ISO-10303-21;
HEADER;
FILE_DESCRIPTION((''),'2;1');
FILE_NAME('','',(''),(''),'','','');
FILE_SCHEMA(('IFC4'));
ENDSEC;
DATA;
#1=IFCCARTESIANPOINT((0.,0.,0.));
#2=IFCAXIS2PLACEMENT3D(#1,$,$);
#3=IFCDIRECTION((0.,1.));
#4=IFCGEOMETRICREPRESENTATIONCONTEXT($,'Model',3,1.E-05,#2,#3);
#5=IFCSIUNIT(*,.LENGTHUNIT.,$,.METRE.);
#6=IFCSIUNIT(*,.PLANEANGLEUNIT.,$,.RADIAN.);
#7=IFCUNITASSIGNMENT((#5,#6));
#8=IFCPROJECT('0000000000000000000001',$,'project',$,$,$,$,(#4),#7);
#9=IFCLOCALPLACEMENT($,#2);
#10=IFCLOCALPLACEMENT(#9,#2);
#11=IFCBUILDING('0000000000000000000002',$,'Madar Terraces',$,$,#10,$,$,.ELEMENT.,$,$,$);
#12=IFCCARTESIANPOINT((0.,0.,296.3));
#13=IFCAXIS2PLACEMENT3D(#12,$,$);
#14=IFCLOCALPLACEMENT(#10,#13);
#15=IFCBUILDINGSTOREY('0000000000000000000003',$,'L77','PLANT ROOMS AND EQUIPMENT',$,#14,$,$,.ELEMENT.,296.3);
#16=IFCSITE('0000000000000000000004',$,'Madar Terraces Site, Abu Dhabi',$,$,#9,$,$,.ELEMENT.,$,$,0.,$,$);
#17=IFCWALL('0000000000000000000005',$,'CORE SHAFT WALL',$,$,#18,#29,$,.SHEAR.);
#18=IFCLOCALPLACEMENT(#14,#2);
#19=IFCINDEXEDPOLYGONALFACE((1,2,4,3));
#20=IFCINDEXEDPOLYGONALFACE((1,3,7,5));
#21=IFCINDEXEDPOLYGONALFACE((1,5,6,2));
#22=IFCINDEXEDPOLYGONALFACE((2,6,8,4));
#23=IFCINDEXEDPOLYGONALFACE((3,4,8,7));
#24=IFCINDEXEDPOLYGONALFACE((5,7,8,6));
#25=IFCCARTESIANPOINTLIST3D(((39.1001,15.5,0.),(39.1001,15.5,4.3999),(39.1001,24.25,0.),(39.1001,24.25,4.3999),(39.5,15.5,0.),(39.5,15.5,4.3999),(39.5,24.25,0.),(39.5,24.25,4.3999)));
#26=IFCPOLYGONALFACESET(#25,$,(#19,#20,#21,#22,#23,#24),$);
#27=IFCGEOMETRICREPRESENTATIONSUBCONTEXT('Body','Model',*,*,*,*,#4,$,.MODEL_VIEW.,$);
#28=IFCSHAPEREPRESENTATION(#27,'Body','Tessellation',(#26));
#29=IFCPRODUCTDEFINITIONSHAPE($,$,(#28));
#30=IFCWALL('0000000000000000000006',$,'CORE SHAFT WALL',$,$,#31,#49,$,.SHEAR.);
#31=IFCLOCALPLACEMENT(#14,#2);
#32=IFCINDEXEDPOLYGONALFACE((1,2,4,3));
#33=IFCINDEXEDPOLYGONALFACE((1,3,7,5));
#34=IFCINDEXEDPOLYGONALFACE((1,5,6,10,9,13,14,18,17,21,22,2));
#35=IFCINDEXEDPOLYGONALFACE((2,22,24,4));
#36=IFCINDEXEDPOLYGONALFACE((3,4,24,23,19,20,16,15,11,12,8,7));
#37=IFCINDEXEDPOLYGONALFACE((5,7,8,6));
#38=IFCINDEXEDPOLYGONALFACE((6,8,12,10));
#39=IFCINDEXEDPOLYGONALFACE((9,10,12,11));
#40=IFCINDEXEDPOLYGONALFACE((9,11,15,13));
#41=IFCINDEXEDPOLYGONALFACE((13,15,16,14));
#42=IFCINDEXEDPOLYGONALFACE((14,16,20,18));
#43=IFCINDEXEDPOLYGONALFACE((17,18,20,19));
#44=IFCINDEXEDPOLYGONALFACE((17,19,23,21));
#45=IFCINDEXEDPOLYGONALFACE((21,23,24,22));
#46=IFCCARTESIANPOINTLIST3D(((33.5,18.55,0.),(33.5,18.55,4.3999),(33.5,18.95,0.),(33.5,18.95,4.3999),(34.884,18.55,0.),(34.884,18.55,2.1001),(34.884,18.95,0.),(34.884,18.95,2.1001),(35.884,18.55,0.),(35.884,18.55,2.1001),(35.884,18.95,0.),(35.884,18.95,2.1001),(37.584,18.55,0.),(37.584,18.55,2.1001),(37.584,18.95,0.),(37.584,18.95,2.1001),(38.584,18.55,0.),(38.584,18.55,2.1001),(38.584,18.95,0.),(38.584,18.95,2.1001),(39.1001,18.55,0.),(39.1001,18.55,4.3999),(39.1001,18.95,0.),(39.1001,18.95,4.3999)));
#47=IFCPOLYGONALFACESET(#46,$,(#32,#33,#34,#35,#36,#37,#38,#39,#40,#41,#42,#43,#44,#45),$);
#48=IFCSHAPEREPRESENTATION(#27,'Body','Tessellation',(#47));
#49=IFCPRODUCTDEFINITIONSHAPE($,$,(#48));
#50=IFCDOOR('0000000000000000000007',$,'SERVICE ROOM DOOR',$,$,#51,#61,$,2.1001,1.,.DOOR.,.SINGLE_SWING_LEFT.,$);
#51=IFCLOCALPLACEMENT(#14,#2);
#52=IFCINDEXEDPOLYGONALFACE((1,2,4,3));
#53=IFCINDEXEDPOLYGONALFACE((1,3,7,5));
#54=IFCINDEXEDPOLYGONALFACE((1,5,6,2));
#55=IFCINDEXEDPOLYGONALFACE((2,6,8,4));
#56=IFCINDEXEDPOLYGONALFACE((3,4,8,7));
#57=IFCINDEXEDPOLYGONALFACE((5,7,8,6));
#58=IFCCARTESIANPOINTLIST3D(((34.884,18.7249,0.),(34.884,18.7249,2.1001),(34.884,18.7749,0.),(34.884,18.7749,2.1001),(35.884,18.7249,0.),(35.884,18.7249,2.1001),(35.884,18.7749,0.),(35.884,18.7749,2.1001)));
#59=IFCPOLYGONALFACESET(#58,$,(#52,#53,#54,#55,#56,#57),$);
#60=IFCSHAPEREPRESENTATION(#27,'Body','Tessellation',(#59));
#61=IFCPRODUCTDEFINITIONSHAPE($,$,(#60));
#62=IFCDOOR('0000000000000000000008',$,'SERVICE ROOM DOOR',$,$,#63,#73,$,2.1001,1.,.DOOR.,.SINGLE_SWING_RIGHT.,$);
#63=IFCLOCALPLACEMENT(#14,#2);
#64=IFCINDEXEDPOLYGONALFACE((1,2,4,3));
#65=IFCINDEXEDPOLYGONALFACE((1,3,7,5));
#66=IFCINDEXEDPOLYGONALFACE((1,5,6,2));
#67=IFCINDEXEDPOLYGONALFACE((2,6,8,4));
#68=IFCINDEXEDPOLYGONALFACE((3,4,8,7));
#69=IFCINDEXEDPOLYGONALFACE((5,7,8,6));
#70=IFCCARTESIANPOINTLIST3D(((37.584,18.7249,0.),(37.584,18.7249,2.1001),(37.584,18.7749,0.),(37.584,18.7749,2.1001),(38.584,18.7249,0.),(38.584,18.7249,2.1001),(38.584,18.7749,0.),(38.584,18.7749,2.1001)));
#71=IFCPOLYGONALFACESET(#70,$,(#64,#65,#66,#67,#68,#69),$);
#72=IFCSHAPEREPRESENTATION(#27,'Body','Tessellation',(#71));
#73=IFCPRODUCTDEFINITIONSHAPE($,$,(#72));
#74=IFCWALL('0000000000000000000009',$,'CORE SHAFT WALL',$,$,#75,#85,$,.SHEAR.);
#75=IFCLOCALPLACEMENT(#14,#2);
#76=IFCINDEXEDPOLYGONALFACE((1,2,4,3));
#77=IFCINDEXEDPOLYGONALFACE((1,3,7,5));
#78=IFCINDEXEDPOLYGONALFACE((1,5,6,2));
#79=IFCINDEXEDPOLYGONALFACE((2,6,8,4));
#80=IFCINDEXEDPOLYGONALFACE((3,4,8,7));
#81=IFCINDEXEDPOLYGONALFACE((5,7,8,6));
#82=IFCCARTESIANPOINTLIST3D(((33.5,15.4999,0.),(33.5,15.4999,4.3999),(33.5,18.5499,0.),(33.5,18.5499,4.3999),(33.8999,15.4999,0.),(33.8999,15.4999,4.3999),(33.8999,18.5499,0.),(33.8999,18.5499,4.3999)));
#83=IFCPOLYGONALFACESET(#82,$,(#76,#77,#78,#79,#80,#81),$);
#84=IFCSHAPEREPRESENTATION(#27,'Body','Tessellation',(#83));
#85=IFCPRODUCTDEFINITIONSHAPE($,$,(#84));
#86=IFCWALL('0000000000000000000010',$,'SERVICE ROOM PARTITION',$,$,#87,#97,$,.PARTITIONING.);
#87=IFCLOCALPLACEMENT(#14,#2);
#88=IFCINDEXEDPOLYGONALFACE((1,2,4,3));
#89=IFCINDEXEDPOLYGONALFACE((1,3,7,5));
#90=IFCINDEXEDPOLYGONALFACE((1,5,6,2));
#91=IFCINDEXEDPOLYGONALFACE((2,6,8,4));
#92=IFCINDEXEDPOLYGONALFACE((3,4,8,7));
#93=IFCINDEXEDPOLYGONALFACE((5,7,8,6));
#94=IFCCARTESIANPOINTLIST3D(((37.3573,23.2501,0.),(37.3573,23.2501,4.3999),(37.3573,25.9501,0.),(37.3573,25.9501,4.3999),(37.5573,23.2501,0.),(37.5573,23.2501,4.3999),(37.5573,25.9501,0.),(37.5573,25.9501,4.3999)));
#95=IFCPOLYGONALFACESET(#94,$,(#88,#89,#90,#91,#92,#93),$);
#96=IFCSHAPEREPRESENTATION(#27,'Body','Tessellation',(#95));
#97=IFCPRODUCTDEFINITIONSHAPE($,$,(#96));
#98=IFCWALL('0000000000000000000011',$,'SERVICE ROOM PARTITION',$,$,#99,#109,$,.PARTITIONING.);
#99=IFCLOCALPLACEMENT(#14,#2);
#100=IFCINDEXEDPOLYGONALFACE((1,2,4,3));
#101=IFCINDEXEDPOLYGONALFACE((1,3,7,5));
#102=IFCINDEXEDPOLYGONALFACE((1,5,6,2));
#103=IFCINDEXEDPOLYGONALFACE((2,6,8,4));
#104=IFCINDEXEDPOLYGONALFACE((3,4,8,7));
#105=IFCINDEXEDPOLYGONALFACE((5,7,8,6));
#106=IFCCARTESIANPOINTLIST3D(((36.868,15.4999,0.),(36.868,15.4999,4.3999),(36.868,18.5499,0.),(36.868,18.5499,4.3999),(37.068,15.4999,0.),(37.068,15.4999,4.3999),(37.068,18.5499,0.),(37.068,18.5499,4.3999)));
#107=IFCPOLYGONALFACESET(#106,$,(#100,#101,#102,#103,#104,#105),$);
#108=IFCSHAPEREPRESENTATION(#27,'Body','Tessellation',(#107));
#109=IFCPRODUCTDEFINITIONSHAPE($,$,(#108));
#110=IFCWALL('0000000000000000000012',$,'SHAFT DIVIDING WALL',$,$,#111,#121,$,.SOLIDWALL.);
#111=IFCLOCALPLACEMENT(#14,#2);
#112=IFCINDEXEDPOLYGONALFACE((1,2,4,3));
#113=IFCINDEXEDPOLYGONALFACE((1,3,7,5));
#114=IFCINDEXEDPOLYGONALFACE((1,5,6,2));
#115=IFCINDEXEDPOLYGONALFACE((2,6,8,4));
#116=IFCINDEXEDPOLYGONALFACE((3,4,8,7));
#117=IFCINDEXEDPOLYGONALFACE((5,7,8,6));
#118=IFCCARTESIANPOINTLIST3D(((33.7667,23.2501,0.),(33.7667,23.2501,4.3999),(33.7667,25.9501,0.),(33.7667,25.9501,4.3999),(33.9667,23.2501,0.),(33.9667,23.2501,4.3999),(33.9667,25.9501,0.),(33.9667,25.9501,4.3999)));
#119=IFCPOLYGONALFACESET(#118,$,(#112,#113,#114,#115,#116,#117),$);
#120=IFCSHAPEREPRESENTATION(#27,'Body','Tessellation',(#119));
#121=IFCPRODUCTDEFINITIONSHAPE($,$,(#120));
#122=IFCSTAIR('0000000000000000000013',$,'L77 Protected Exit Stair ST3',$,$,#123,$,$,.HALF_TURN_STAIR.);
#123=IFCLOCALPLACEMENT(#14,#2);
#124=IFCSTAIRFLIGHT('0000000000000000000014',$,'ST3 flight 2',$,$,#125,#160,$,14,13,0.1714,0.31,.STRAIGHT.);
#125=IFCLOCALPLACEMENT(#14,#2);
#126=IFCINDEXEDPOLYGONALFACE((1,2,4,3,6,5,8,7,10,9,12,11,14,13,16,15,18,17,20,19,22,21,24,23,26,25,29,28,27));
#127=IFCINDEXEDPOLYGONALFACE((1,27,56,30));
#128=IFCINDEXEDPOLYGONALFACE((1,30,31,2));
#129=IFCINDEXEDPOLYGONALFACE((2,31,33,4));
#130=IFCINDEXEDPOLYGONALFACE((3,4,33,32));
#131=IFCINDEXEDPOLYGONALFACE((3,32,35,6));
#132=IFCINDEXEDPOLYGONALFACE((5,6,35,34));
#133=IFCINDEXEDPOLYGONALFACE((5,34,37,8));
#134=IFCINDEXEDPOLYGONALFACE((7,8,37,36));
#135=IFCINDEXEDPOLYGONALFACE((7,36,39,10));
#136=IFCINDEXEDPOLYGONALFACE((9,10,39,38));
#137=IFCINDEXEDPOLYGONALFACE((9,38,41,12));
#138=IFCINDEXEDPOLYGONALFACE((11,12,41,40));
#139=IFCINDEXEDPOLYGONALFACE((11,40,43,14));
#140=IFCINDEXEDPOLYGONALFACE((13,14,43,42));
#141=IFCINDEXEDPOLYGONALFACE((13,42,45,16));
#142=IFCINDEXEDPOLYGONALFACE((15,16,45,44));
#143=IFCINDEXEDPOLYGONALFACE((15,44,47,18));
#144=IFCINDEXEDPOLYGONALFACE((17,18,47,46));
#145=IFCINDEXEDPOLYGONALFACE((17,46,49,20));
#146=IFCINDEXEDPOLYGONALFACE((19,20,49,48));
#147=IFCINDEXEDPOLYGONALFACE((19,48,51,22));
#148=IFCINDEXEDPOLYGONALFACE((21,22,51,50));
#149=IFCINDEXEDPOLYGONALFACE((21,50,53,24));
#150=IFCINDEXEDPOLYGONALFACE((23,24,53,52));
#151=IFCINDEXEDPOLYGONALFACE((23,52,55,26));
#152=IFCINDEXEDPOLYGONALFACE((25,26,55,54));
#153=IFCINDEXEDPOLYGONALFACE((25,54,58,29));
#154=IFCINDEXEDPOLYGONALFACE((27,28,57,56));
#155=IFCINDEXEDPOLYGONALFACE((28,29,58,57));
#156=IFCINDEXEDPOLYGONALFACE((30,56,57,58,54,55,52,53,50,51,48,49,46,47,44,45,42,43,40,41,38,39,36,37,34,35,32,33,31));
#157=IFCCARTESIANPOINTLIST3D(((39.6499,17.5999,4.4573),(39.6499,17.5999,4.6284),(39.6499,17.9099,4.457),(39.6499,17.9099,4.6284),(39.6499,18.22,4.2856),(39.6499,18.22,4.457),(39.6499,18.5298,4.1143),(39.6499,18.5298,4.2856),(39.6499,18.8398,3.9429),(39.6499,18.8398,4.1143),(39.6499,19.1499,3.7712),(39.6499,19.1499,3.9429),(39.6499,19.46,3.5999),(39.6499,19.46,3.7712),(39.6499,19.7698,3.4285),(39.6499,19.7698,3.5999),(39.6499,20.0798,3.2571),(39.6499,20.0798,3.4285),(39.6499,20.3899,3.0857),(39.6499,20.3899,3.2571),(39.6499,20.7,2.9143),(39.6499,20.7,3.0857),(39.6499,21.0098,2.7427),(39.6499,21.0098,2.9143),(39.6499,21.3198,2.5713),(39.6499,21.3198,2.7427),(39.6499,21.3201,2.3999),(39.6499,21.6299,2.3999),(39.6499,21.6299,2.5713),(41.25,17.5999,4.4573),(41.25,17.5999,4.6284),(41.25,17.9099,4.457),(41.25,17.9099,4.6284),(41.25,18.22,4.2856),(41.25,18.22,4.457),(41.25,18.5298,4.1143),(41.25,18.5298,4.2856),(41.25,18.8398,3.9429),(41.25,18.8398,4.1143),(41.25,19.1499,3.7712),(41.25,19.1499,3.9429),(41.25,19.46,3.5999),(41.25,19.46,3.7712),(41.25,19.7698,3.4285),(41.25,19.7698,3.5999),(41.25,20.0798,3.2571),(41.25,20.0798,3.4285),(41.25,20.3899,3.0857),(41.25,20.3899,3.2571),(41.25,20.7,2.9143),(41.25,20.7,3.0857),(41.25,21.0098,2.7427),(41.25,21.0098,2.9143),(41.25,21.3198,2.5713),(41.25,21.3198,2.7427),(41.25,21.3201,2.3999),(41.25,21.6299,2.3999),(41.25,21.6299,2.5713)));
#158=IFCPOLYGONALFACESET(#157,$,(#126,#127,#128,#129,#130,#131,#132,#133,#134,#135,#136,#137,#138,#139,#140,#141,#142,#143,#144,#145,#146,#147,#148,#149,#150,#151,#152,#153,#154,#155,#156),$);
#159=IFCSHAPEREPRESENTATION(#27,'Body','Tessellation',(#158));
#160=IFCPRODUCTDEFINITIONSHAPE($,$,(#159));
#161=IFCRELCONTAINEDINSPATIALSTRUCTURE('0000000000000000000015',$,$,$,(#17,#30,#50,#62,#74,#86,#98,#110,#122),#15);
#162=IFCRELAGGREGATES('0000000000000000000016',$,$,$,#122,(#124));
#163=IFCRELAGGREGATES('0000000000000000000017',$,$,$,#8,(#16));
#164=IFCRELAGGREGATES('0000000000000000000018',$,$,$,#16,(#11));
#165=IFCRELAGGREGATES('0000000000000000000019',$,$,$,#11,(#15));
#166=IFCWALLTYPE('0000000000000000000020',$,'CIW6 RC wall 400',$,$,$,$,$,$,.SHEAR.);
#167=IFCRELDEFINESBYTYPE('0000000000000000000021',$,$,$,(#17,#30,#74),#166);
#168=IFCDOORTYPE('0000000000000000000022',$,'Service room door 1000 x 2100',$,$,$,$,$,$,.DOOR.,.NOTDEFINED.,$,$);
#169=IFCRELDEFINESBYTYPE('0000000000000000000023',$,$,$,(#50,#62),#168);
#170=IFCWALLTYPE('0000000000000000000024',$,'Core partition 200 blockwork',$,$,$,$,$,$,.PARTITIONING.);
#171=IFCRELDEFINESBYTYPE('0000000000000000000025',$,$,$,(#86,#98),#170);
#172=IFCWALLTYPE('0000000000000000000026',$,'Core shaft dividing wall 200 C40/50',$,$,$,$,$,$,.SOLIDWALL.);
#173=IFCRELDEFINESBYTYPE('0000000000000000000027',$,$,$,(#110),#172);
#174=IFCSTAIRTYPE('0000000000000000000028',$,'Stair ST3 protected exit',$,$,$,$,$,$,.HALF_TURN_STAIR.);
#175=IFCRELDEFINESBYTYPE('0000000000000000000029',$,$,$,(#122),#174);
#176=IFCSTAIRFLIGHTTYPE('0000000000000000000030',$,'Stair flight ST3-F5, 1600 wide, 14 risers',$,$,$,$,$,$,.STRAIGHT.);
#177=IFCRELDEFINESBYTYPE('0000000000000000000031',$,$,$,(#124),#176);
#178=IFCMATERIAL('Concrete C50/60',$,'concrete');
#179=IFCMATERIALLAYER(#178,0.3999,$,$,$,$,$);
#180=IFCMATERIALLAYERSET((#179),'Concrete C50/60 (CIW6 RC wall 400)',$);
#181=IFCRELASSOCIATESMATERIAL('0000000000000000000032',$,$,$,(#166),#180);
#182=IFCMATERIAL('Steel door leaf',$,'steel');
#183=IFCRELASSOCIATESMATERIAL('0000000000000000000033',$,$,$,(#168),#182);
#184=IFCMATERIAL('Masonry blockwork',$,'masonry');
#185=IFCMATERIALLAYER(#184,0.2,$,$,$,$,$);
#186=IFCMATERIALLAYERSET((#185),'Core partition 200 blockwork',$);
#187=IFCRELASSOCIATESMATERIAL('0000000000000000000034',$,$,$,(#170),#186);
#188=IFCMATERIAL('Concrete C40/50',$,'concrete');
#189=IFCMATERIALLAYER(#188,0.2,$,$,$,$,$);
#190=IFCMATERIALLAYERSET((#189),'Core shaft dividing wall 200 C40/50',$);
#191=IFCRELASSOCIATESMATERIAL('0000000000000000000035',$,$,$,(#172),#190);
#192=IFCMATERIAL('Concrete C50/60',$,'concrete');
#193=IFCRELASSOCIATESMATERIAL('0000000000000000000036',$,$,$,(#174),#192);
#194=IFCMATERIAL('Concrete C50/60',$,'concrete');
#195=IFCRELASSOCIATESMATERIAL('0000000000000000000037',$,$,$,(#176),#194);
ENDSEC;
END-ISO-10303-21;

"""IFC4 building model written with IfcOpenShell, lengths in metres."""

from ifc_helpers import new_model, si_unit, direction, frame, frame_2d, origin, place, context, subcontext, project, spatial, polyline, rectangle, outline, extrude, material, layer, layer_set, type_object, element, fill, aggregate, save


model = new_model("IFC4")

# Units and contexts
model_context = context("Model", 3, precision=1e-05, world=origin(), true_north=direction((0.0, 1.0)))
body_context = subcontext(model_context, "Body", "Model", "MODEL_VIEW")
ifc_project = project(units=[si_unit("LENGTHUNIT", "METRE"), si_unit("PLANEANGLEUNIT", "RADIAN")], contexts=[model_context])

# Site, building, storey
site_placement = place(None, origin())
site = spatial("IfcSite", under=ifc_project, at=site_placement, Name="Madar Terraces Site, Abu Dhabi", CompositionType="ELEMENT", RefElevation=0.0)
building_placement = place(site_placement, origin())
building = spatial("IfcBuilding", under=site, at=building_placement, Name="Madar Terraces", CompositionType="ELEMENT")
storey_placement = place(building_placement, frame((0.0, 0.0, 296.3)))
storey = spatial("IfcBuildingStorey", under=building, at=storey_placement, Name="L77", Description="PLANT ROOMS AND EQUIPMENT", CompositionType="ELEMENT", Elevation=296.3)

# Wall
ifc_material_1 = material(Name="Concrete C50/60", Category="concrete")
ifc_layer_1 = layer(ifc_material_1, 0.3999)
ifc_layer_set_1 = layer_set([ifc_layer_1], Name="Concrete C50/60 (CIW6 RC wall 400)")
wall_type_1 = type_object("IfcWallType", Name="CIW6 RC wall 400", PredefinedType="SHEAR", material=ifc_layer_set_1)
wall_1_placement = place(storey_placement, frame((39.3, 15.5, 0.0), z_axis=(0.0, 0.0, 1.0), x_axis=(0.0, 1.0, 0.0)))
element("IfcWall", 1, at=wall_1_placement, inside=storey, type_object=wall_type_1, Name="CORE SHAFT WALL", PredefinedType="SHEAR", context=body_context, shape_type="SweptSolid", body=[
    extrude(rectangle(XDim=8.75, YDim=0.3999, at=frame_2d((4.375, 0.0))), origin(), (0.0, 0.0, 1.0), 4.3999),
])

# Wall, openings, doors
wall_2_placement = place(storey_placement, frame((33.5, 18.75, 0.0), z_axis=(0.0, 0.0, 1.0), x_axis=(1.0, 0.0, 0.0)))
wall_2 = element("IfcWall", 2, at=wall_2_placement, inside=storey, type_object=wall_type_1, Name="CORE SHAFT WALL", PredefinedType="SHEAR", context=body_context, shape_type="SweptSolid", body=[
    extrude(rectangle(XDim=5.6001, YDim=0.3999, at=frame_2d((2.8, 0.0))), origin(), (0.0, 0.0, 1.0), 4.3999),
])
opening_1_placement = place(wall_2_placement, frame((1.384, 0.0, 0.0)))
opening_1 = element("IfcOpeningElement", 3, at=opening_1_placement, cuts=wall_2, PredefinedType="OPENING", context=body_context, shape_type="SweptSolid", body=[
    extrude(rectangle(XDim=1.0, YDim=2.1001, at=frame_2d((0.5, 1.05))), frame((0.0, 0.21, 0.0), z_axis=(0.0, -1.0, 0.0), x_axis=(1.0, 0.0, 0.0)), (0.0, 0.0, 1.0), 0.4199),
])
opening_2_placement = place(wall_2_placement, frame((4.084, 0.0, 0.0)))
opening_2 = element("IfcOpeningElement", 4, at=opening_2_placement, cuts=wall_2, PredefinedType="OPENING", context=body_context, shape_type="SweptSolid", body=[
    extrude(rectangle(XDim=1.0, YDim=2.1001, at=frame_2d((0.5, 1.05))), frame((0.0, 0.21, 0.0), z_axis=(0.0, -1.0, 0.0), x_axis=(1.0, 0.0, 0.0)), (0.0, 0.0, 1.0), 0.4199),
])
ifc_material_2 = material(Name="Steel door leaf", Category="steel")
door_type = type_object("IfcDoorType", Name="Service room door 1000 x 2100", OperationType="NOTDEFINED", PredefinedType="DOOR", material=ifc_material_2)
door_1_placement = place(opening_1_placement, origin())
door_1 = element("IfcDoor", 5, at=door_1_placement, inside=storey, type_object=door_type, Name="SERVICE ROOM DOOR", OperationType="SINGLE_SWING_LEFT", OverallHeight=2.1001, OverallWidth=1.0, PredefinedType="DOOR", context=body_context, shape_type="SweptSolid", body=[
    extrude(rectangle(XDim=1.0, YDim=2.1001, at=frame_2d((0.5, 1.05))), frame((0.0, 0.0249, 0.0), z_axis=(0.0, -1.0, 0.0), x_axis=(1.0, 0.0, 0.0)), (0.0, 0.0, 1.0), 0.05),
])
fill(opening_1, door_1)
door_2_placement = place(opening_2_placement, origin())
door_2 = element("IfcDoor", 6, at=door_2_placement, inside=storey, type_object=door_type, Name="SERVICE ROOM DOOR", OperationType="SINGLE_SWING_RIGHT", OverallHeight=2.1001, OverallWidth=1.0, PredefinedType="DOOR", context=body_context, shape_type="SweptSolid", body=[
    extrude(rectangle(XDim=1.0, YDim=2.1001, at=frame_2d((0.5, 1.05))), frame((0.0, 0.0249, 0.0), z_axis=(0.0, -1.0, 0.0), x_axis=(1.0, 0.0, 0.0)), (0.0, 0.0, 1.0), 0.05),
])
fill(opening_2, door_2)

# Walls
wall_3_placement = place(storey_placement, frame((33.7, 15.5, 0.0), z_axis=(0.0, 0.0, 1.0), x_axis=(0.0, 1.0, 0.0)))
element("IfcWall", 7, at=wall_3_placement, inside=storey, type_object=wall_type_1, Name="CORE SHAFT WALL", PredefinedType="SHEAR", context=body_context, shape_type="SweptSolid", body=[
    extrude(rectangle(XDim=3.05, YDim=0.3999, at=frame_2d((1.5249, 0.0))), origin(), (0.0, 0.0, 1.0), 4.3999),
])
ifc_material_3 = material(Name="Masonry blockwork", Category="masonry")
ifc_layer_2 = layer(ifc_material_3, 0.2)
ifc_layer_set_2 = layer_set([ifc_layer_2], Name="Core partition 200 blockwork")
wall_type_2 = type_object("IfcWallType", Name="Core partition 200 blockwork", PredefinedType="PARTITIONING", material=ifc_layer_set_2)
wall_4_placement = place(storey_placement, frame((37.4573, 23.25, 0.0), z_axis=(0.0, 0.0, 1.0), x_axis=(0.0, 1.0, 0.0)))
element("IfcWall", 8, at=wall_4_placement, inside=storey, type_object=wall_type_2, Name="SERVICE ROOM PARTITION", PredefinedType="PARTITIONING", context=body_context, shape_type="SweptSolid", body=[
    extrude(rectangle(XDim=2.7, YDim=0.2, at=frame_2d((1.3501, 0.0))), origin(), (0.0, 0.0, 1.0), 4.3999),
])
wall_5_placement = place(storey_placement, frame((36.968, 15.5, 0.0), z_axis=(0.0, 0.0, 1.0), x_axis=(0.0, 1.0, 0.0)))
element("IfcWall", 9, at=wall_5_placement, inside=storey, type_object=wall_type_2, Name="SERVICE ROOM PARTITION", PredefinedType="PARTITIONING", context=body_context, shape_type="SweptSolid", body=[
    extrude(rectangle(XDim=3.05, YDim=0.2, at=frame_2d((1.5249, 0.0))), origin(), (0.0, 0.0, 1.0), 4.3999),
])
ifc_material_4 = material(Name="Concrete C40/50", Category="concrete")
ifc_layer_3 = layer(ifc_material_4, 0.2)
ifc_layer_set_3 = layer_set([ifc_layer_3], Name="Core shaft dividing wall 200 C40/50")
wall_type_3 = type_object("IfcWallType", Name="Core shaft dividing wall 200 C40/50", PredefinedType="SOLIDWALL", material=ifc_layer_set_3)
wall_6_placement = place(storey_placement, frame((33.8667, 23.25, 0.0), z_axis=(0.0, 0.0, 1.0), x_axis=(0.0, 1.0, 0.0)))
element("IfcWall", 10, at=wall_6_placement, inside=storey, type_object=wall_type_3, Name="SHAFT DIVIDING WALL", PredefinedType="SOLIDWALL", context=body_context, shape_type="SweptSolid", body=[
    extrude(rectangle(XDim=2.7, YDim=0.2, at=frame_2d((1.3501, 0.0))), origin(), (0.0, 0.0, 1.0), 4.3999),
])

# Stair, stair flight
ifc_material_5 = material(Name="Concrete C50/60", Category="concrete")
stair_type = type_object("IfcStairType", Name="Stair ST3 protected exit", PredefinedType="HALF_TURN_STAIR", material=ifc_material_5)
stair_placement = place(storey_placement, origin())
stair = element("IfcStair", 11, at=stair_placement, inside=storey, type_object=stair_type, Name="L77 Protected Exit Stair ST3", PredefinedType="HALF_TURN_STAIR")
ifc_material_6 = material(Name="Concrete C50/60", Category="concrete")
stair_flight_type = type_object("IfcStairFlightType", Name="Stair flight ST3-F5, 1600 wide, 14 risers", PredefinedType="STRAIGHT", material=ifc_material_6)
stair_flight_placement = place(storey_placement, frame((40.45, 21.6299, 2.3999), z_axis=(0.0, 0.0, 1.0), x_axis=(0.0, -1.0, 0.0)))
stair_flight = element("IfcStairFlight", 12, at=stair_flight_placement, type_object=stair_flight_type, Name="ST3 flight 2", NumberOfRisers=14, NumberOfTreads=13, PredefinedType="STRAIGHT", RiserHeight=0.1714, TreadLength=0.31, context=body_context, shape_type="SweptSolid", body=[
    extrude(outline(polyline([(0.0, 0.0), (0.0, 0.1714), (0.3101, 0.1714), (0.3101, 0.3428), (0.6201, 0.3428), (0.6201, 0.5144), (0.9299, 0.5144), (0.9299, 0.6858), (1.24, 0.6858), (1.24, 0.8572), (1.55, 0.8572), (1.55, 1.0286), (1.8601, 1.0286), (1.8601, 1.2), (2.1699, 1.2), (2.1699, 1.3713), (2.48, 1.3713), (2.48, 1.543), (2.79, 1.543), (2.79, 1.7144), (3.1001, 1.7144), (3.1001, 1.8857), (3.4099, 1.8857), (3.4099, 2.0571), (3.72, 2.0571), (3.72, 2.2285), (4.03, 2.2285), (4.03, 2.3999), (4.03, 2.0574), (0.3098, 0.0), (0.0, 0.0)])), frame((0.0, 0.8, 0.0), z_axis=(0.0, -1.0, 0.0), x_axis=(1.0, 0.0, 0.0)), (0.0, 0.0, 1.0), 1.6001),
])
aggregate(stair, [stair_flight])

save(model, "model.ifc")
